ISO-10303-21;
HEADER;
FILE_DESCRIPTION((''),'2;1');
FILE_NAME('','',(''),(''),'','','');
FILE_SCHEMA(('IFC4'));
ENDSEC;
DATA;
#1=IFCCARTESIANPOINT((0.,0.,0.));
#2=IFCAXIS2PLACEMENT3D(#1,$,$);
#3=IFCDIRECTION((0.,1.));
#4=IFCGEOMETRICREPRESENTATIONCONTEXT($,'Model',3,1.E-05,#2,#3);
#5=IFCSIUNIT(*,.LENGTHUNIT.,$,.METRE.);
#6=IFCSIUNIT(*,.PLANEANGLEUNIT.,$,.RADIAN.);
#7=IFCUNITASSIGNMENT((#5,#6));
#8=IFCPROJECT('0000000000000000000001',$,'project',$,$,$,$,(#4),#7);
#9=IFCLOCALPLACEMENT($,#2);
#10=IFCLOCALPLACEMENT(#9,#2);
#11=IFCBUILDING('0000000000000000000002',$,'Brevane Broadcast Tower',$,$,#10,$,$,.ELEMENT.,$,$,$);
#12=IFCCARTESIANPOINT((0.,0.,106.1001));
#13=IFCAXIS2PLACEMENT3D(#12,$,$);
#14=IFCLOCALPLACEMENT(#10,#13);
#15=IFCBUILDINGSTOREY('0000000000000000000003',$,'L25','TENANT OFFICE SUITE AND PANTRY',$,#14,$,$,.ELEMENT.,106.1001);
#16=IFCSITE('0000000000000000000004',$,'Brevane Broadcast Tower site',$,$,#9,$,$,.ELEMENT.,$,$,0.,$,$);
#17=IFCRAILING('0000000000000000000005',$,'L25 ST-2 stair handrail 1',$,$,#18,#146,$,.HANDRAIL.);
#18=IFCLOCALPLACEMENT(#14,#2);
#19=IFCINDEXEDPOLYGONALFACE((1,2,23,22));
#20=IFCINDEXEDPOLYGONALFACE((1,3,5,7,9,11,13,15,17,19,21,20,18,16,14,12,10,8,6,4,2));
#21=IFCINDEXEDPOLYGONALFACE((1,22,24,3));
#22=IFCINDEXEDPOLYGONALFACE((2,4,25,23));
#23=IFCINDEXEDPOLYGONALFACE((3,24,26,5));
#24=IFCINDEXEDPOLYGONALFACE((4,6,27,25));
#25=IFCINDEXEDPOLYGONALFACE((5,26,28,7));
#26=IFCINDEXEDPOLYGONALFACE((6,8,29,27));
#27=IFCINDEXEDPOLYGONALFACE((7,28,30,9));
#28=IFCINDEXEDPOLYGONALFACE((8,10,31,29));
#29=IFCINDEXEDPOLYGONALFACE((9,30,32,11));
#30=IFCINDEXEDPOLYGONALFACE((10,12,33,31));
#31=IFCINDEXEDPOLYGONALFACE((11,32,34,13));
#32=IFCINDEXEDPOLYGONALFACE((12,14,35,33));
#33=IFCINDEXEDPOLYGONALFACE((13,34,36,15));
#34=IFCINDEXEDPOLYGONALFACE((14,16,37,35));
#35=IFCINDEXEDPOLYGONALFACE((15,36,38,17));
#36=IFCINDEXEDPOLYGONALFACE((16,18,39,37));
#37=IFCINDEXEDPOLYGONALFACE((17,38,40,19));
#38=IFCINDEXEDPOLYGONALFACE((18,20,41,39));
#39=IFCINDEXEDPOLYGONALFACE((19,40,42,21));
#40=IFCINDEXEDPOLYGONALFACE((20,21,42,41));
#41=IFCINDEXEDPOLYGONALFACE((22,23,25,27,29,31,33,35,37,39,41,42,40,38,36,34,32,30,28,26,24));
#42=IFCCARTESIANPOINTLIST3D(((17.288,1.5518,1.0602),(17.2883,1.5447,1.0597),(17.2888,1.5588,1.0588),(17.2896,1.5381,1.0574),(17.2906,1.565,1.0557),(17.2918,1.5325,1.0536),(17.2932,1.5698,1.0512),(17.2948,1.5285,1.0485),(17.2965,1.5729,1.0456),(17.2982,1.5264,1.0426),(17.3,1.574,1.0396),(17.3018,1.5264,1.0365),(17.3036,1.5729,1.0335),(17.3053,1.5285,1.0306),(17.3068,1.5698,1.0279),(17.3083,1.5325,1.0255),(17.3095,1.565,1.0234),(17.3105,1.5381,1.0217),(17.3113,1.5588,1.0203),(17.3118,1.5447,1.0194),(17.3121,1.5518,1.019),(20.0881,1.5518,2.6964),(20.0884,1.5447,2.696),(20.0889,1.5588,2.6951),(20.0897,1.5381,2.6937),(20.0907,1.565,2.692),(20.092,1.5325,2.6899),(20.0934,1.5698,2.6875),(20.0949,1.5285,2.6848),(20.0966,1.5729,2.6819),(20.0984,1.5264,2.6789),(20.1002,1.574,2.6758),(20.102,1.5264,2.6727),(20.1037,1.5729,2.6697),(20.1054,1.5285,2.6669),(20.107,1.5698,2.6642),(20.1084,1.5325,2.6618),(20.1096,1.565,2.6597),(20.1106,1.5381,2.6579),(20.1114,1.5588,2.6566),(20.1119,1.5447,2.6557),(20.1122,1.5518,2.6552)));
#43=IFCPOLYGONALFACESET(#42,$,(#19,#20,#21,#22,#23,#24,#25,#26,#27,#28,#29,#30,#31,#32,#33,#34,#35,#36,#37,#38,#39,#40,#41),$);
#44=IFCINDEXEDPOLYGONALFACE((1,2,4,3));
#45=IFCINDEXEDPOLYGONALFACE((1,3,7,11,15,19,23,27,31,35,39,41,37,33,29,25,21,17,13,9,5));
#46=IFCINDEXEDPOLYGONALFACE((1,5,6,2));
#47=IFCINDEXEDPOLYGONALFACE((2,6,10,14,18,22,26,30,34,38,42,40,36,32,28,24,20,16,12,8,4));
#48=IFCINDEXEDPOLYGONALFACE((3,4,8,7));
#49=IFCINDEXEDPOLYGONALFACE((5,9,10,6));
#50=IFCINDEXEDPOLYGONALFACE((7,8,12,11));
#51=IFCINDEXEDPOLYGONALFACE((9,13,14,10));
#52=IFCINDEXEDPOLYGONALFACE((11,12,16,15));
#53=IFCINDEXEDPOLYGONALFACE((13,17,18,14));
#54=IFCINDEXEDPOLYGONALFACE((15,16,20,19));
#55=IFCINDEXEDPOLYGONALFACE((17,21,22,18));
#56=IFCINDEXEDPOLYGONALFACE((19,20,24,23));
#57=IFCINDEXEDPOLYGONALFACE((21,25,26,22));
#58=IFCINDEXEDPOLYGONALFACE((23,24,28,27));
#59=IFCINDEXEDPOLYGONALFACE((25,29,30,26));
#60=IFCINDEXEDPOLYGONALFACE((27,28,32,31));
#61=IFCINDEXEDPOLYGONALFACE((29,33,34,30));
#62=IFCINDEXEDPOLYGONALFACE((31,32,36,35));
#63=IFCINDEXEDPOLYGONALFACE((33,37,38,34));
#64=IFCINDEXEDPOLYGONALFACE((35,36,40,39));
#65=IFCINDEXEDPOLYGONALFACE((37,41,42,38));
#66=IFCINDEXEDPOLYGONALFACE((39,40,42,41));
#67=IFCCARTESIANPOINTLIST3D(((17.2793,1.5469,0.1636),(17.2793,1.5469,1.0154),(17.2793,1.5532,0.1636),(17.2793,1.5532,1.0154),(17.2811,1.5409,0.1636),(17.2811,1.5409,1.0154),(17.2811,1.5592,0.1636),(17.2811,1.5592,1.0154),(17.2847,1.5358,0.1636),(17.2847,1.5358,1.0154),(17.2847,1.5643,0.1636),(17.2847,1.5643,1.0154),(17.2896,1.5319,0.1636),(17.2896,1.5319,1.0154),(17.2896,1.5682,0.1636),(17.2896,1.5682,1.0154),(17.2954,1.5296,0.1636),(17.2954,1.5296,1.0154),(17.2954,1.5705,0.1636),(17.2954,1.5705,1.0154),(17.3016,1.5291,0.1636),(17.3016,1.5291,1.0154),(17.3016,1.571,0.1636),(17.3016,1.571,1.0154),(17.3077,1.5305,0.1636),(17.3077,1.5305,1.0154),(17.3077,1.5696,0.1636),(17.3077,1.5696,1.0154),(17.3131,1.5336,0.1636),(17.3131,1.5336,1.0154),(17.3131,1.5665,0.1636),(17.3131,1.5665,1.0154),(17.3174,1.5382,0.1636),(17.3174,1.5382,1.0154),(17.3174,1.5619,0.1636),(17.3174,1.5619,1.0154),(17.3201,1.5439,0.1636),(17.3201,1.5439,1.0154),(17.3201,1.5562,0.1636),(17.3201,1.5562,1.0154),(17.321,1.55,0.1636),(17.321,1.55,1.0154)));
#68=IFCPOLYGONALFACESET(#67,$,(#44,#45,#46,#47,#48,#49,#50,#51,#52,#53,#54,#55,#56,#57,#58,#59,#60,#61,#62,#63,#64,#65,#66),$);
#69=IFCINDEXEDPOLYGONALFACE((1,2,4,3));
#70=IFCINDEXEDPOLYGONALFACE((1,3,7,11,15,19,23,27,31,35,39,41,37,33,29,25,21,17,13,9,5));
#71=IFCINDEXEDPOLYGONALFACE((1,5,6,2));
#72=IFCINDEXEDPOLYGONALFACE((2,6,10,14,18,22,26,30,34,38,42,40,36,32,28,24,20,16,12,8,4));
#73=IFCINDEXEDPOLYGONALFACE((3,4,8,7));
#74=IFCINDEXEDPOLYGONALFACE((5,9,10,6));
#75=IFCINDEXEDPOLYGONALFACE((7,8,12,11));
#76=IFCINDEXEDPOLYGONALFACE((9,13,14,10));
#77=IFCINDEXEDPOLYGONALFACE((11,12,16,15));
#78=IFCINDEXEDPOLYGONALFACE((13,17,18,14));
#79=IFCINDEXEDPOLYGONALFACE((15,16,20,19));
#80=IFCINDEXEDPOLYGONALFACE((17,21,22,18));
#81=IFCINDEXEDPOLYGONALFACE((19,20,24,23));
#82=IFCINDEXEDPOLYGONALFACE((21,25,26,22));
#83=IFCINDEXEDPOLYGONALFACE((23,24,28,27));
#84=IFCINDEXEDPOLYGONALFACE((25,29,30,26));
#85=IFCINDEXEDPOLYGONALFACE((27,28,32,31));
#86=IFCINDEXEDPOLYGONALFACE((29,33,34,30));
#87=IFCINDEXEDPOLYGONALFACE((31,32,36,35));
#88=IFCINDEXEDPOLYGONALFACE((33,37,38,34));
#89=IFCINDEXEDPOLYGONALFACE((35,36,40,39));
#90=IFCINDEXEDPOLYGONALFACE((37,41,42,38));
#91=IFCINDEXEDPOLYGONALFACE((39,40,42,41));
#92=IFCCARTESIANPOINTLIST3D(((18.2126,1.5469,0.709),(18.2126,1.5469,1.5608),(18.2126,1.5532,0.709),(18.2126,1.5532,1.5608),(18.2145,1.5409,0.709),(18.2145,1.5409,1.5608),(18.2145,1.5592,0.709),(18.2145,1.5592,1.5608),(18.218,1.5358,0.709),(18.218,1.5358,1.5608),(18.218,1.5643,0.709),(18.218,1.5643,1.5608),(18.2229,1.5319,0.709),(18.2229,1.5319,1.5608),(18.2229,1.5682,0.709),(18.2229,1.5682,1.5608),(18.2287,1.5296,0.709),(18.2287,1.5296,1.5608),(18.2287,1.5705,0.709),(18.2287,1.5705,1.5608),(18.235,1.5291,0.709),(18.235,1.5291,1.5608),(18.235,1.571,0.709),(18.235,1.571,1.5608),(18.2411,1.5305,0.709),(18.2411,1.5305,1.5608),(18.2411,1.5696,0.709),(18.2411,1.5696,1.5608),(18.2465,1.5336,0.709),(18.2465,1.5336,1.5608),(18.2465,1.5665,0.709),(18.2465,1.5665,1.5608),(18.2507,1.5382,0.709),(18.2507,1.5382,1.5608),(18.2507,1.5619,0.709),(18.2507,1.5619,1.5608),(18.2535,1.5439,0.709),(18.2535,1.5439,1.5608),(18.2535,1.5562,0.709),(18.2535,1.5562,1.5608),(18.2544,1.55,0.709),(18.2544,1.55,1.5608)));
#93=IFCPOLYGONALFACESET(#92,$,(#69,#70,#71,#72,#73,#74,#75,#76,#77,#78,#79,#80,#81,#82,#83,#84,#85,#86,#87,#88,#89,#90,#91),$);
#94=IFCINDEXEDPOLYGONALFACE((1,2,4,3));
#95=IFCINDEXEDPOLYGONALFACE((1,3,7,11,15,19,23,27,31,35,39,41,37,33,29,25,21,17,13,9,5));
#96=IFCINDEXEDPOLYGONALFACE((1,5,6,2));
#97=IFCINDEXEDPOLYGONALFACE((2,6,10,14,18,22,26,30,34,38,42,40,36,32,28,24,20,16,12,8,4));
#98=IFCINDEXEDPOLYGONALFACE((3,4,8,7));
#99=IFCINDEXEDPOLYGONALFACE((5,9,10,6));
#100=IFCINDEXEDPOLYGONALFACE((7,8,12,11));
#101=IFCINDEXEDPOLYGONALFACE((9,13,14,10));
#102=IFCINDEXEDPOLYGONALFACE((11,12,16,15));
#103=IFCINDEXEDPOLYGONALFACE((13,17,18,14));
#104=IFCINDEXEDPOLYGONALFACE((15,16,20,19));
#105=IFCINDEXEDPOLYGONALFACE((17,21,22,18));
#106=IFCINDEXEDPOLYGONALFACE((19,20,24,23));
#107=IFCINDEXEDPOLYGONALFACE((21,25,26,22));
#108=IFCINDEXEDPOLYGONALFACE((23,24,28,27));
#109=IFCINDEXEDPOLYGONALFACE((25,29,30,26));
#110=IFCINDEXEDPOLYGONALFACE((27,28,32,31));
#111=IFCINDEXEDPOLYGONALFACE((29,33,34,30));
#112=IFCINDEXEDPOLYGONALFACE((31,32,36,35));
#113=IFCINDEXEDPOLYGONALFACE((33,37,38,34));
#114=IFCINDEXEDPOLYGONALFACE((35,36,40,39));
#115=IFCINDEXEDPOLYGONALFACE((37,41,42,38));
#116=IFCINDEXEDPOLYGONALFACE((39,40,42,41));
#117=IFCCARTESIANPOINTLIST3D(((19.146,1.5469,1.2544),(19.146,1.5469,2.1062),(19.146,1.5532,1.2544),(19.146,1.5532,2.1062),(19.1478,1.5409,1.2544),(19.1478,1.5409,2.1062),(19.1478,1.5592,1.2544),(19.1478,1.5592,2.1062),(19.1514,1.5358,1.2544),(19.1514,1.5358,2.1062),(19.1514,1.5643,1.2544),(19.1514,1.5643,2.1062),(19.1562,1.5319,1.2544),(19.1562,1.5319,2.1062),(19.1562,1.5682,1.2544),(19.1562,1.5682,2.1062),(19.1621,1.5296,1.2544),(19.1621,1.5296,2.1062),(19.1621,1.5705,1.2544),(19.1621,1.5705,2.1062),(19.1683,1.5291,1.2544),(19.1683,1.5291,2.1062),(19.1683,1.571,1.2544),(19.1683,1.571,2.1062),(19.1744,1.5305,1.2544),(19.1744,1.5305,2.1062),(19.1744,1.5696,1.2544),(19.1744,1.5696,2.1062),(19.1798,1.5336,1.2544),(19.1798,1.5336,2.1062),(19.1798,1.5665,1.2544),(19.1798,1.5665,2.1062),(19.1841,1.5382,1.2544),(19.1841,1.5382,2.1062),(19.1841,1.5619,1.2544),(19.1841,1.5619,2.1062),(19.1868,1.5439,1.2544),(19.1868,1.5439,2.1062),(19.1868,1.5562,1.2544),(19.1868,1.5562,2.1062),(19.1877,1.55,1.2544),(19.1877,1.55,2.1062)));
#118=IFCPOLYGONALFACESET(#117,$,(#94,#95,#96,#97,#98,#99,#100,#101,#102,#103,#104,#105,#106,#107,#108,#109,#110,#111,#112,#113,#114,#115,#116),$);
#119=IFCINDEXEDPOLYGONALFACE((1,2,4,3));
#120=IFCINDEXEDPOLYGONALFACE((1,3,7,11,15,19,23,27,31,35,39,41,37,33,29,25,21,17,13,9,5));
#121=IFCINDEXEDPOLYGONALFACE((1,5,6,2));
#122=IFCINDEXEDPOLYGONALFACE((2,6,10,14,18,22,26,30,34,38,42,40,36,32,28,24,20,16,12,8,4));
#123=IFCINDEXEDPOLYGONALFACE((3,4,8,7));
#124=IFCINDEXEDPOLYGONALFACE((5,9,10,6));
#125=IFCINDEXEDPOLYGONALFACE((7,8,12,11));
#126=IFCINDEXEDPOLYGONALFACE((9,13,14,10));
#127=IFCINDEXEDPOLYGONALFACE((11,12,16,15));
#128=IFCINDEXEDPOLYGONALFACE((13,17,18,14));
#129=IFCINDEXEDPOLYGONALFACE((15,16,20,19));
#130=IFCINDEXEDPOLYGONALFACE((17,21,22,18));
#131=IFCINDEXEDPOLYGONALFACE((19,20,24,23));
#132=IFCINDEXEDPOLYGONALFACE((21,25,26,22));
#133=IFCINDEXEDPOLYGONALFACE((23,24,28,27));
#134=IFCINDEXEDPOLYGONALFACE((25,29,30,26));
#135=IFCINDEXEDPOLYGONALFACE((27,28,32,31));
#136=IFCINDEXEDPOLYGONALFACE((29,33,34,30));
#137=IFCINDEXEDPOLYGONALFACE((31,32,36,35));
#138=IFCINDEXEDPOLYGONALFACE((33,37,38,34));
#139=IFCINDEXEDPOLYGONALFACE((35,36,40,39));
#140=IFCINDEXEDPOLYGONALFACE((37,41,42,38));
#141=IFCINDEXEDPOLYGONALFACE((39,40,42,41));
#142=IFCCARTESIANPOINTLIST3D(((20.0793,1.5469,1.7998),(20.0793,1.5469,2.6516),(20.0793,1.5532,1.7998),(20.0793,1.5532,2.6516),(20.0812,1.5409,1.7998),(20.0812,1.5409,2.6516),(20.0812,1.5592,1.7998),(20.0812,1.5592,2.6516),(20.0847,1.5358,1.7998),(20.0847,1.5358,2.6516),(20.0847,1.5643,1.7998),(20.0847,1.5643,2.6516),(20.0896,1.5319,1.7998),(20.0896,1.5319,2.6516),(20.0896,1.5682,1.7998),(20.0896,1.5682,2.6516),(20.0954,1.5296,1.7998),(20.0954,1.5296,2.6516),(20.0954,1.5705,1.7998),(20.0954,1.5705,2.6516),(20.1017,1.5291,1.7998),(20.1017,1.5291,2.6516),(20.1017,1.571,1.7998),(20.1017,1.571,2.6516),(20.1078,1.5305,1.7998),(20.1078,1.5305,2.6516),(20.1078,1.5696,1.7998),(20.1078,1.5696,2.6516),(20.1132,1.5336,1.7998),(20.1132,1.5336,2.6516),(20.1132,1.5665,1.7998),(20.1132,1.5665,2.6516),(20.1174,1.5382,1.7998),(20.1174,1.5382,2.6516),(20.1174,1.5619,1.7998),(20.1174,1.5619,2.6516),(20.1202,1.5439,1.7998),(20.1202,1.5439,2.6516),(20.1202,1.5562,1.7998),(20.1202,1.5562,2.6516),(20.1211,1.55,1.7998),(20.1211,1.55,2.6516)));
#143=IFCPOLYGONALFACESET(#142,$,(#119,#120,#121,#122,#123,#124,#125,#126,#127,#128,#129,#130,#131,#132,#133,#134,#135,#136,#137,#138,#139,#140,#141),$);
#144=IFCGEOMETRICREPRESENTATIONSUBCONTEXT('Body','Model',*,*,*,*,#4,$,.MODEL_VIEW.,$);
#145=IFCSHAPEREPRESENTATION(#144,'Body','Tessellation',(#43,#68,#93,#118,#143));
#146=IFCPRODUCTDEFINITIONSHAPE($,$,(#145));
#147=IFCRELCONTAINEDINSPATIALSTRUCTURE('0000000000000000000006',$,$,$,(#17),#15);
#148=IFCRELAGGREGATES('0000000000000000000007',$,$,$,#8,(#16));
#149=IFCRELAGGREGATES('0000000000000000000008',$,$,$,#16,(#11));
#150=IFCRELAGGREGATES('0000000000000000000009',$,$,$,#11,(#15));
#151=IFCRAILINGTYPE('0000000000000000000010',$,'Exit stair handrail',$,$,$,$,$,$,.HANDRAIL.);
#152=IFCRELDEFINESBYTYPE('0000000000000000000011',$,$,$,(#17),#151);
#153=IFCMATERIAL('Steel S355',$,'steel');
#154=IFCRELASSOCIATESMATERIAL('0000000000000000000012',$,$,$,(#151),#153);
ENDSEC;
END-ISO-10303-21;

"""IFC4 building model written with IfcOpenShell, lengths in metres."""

from ifc_helpers import new_model, si_unit, direction, frame, origin, origin_2d, place, context, subcontext, project, spatial, circle, extrude, material, type_object, element, save


model = new_model("IFC4")

# Units and contexts
model_context = context("Model", 3, precision=1e-05, world=origin(), true_north=direction((0.0, 1.0)))
body_context = subcontext(model_context, "Body", "Model", "MODEL_VIEW")
ifc_project = project(units=[si_unit("LENGTHUNIT", "METRE"), si_unit("PLANEANGLEUNIT", "RADIAN")], contexts=[model_context])

# Site, building, storey
site_placement = place(None, origin())
site = spatial("IfcSite", under=ifc_project, at=site_placement, Name="Brevane Broadcast Tower site", CompositionType="ELEMENT", RefElevation=0.0)
building_placement = place(site_placement, origin())
building = spatial("IfcBuilding", under=site, at=building_placement, Name="Brevane Broadcast Tower", CompositionType="ELEMENT")
storey_placement = place(building_placement, frame((0.0, 0.0, 106.1001)))
storey = spatial("IfcBuildingStorey", under=building, at=storey_placement, Name="L25", Description="TENANT OFFICE SUITE AND PANTRY", CompositionType="ELEMENT", Elevation=106.1001)

# Railing
ifc_material_1 = material(Name="Steel S355", Category="steel")
railing_type_1 = type_object("IfcRailingType", Name="Exit stair handrail", PredefinedType="HANDRAIL", material=ifc_material_1)
railing_1_placement = place(storey_placement, frame((17.3, 1.55, 0.1636)))
element("IfcRailing", 1, at=railing_1_placement, inside=storey, type_object=railing_type_1, Name="L25 ST-2 stair handrail 1", PredefinedType="HANDRAIL", context=body_context, shape_type="SweptSolid", body=[
    extrude(circle(Radius=0.0239, at=origin_2d()), frame((0.0, 0.0, 0.876), z_axis=(0.863394, 0.0, 0.504531), x_axis=(0.0, 1.0, 0.0)), (0.0, 0.0, 1.0), 3.2432),
    extrude(circle(Radius=0.021, at=origin_2d()), origin(), (0.0, 0.0, 1.0), 0.8518),
    extrude(circle(Radius=0.021, at=origin_2d()), frame((0.9333, 0.0, 0.5454)), (0.0, 0.0, 1.0), 0.8518),
    extrude(circle(Radius=0.021, at=origin_2d()), frame((1.8667, 0.0, 1.0908)), (0.0, 0.0, 1.0), 0.8518),
    extrude(circle(Radius=0.021, at=origin_2d()), frame((2.8, 0.0, 1.6362)), (0.0, 0.0, 1.0), 0.8518),
])

save(model, "model.ifc")
